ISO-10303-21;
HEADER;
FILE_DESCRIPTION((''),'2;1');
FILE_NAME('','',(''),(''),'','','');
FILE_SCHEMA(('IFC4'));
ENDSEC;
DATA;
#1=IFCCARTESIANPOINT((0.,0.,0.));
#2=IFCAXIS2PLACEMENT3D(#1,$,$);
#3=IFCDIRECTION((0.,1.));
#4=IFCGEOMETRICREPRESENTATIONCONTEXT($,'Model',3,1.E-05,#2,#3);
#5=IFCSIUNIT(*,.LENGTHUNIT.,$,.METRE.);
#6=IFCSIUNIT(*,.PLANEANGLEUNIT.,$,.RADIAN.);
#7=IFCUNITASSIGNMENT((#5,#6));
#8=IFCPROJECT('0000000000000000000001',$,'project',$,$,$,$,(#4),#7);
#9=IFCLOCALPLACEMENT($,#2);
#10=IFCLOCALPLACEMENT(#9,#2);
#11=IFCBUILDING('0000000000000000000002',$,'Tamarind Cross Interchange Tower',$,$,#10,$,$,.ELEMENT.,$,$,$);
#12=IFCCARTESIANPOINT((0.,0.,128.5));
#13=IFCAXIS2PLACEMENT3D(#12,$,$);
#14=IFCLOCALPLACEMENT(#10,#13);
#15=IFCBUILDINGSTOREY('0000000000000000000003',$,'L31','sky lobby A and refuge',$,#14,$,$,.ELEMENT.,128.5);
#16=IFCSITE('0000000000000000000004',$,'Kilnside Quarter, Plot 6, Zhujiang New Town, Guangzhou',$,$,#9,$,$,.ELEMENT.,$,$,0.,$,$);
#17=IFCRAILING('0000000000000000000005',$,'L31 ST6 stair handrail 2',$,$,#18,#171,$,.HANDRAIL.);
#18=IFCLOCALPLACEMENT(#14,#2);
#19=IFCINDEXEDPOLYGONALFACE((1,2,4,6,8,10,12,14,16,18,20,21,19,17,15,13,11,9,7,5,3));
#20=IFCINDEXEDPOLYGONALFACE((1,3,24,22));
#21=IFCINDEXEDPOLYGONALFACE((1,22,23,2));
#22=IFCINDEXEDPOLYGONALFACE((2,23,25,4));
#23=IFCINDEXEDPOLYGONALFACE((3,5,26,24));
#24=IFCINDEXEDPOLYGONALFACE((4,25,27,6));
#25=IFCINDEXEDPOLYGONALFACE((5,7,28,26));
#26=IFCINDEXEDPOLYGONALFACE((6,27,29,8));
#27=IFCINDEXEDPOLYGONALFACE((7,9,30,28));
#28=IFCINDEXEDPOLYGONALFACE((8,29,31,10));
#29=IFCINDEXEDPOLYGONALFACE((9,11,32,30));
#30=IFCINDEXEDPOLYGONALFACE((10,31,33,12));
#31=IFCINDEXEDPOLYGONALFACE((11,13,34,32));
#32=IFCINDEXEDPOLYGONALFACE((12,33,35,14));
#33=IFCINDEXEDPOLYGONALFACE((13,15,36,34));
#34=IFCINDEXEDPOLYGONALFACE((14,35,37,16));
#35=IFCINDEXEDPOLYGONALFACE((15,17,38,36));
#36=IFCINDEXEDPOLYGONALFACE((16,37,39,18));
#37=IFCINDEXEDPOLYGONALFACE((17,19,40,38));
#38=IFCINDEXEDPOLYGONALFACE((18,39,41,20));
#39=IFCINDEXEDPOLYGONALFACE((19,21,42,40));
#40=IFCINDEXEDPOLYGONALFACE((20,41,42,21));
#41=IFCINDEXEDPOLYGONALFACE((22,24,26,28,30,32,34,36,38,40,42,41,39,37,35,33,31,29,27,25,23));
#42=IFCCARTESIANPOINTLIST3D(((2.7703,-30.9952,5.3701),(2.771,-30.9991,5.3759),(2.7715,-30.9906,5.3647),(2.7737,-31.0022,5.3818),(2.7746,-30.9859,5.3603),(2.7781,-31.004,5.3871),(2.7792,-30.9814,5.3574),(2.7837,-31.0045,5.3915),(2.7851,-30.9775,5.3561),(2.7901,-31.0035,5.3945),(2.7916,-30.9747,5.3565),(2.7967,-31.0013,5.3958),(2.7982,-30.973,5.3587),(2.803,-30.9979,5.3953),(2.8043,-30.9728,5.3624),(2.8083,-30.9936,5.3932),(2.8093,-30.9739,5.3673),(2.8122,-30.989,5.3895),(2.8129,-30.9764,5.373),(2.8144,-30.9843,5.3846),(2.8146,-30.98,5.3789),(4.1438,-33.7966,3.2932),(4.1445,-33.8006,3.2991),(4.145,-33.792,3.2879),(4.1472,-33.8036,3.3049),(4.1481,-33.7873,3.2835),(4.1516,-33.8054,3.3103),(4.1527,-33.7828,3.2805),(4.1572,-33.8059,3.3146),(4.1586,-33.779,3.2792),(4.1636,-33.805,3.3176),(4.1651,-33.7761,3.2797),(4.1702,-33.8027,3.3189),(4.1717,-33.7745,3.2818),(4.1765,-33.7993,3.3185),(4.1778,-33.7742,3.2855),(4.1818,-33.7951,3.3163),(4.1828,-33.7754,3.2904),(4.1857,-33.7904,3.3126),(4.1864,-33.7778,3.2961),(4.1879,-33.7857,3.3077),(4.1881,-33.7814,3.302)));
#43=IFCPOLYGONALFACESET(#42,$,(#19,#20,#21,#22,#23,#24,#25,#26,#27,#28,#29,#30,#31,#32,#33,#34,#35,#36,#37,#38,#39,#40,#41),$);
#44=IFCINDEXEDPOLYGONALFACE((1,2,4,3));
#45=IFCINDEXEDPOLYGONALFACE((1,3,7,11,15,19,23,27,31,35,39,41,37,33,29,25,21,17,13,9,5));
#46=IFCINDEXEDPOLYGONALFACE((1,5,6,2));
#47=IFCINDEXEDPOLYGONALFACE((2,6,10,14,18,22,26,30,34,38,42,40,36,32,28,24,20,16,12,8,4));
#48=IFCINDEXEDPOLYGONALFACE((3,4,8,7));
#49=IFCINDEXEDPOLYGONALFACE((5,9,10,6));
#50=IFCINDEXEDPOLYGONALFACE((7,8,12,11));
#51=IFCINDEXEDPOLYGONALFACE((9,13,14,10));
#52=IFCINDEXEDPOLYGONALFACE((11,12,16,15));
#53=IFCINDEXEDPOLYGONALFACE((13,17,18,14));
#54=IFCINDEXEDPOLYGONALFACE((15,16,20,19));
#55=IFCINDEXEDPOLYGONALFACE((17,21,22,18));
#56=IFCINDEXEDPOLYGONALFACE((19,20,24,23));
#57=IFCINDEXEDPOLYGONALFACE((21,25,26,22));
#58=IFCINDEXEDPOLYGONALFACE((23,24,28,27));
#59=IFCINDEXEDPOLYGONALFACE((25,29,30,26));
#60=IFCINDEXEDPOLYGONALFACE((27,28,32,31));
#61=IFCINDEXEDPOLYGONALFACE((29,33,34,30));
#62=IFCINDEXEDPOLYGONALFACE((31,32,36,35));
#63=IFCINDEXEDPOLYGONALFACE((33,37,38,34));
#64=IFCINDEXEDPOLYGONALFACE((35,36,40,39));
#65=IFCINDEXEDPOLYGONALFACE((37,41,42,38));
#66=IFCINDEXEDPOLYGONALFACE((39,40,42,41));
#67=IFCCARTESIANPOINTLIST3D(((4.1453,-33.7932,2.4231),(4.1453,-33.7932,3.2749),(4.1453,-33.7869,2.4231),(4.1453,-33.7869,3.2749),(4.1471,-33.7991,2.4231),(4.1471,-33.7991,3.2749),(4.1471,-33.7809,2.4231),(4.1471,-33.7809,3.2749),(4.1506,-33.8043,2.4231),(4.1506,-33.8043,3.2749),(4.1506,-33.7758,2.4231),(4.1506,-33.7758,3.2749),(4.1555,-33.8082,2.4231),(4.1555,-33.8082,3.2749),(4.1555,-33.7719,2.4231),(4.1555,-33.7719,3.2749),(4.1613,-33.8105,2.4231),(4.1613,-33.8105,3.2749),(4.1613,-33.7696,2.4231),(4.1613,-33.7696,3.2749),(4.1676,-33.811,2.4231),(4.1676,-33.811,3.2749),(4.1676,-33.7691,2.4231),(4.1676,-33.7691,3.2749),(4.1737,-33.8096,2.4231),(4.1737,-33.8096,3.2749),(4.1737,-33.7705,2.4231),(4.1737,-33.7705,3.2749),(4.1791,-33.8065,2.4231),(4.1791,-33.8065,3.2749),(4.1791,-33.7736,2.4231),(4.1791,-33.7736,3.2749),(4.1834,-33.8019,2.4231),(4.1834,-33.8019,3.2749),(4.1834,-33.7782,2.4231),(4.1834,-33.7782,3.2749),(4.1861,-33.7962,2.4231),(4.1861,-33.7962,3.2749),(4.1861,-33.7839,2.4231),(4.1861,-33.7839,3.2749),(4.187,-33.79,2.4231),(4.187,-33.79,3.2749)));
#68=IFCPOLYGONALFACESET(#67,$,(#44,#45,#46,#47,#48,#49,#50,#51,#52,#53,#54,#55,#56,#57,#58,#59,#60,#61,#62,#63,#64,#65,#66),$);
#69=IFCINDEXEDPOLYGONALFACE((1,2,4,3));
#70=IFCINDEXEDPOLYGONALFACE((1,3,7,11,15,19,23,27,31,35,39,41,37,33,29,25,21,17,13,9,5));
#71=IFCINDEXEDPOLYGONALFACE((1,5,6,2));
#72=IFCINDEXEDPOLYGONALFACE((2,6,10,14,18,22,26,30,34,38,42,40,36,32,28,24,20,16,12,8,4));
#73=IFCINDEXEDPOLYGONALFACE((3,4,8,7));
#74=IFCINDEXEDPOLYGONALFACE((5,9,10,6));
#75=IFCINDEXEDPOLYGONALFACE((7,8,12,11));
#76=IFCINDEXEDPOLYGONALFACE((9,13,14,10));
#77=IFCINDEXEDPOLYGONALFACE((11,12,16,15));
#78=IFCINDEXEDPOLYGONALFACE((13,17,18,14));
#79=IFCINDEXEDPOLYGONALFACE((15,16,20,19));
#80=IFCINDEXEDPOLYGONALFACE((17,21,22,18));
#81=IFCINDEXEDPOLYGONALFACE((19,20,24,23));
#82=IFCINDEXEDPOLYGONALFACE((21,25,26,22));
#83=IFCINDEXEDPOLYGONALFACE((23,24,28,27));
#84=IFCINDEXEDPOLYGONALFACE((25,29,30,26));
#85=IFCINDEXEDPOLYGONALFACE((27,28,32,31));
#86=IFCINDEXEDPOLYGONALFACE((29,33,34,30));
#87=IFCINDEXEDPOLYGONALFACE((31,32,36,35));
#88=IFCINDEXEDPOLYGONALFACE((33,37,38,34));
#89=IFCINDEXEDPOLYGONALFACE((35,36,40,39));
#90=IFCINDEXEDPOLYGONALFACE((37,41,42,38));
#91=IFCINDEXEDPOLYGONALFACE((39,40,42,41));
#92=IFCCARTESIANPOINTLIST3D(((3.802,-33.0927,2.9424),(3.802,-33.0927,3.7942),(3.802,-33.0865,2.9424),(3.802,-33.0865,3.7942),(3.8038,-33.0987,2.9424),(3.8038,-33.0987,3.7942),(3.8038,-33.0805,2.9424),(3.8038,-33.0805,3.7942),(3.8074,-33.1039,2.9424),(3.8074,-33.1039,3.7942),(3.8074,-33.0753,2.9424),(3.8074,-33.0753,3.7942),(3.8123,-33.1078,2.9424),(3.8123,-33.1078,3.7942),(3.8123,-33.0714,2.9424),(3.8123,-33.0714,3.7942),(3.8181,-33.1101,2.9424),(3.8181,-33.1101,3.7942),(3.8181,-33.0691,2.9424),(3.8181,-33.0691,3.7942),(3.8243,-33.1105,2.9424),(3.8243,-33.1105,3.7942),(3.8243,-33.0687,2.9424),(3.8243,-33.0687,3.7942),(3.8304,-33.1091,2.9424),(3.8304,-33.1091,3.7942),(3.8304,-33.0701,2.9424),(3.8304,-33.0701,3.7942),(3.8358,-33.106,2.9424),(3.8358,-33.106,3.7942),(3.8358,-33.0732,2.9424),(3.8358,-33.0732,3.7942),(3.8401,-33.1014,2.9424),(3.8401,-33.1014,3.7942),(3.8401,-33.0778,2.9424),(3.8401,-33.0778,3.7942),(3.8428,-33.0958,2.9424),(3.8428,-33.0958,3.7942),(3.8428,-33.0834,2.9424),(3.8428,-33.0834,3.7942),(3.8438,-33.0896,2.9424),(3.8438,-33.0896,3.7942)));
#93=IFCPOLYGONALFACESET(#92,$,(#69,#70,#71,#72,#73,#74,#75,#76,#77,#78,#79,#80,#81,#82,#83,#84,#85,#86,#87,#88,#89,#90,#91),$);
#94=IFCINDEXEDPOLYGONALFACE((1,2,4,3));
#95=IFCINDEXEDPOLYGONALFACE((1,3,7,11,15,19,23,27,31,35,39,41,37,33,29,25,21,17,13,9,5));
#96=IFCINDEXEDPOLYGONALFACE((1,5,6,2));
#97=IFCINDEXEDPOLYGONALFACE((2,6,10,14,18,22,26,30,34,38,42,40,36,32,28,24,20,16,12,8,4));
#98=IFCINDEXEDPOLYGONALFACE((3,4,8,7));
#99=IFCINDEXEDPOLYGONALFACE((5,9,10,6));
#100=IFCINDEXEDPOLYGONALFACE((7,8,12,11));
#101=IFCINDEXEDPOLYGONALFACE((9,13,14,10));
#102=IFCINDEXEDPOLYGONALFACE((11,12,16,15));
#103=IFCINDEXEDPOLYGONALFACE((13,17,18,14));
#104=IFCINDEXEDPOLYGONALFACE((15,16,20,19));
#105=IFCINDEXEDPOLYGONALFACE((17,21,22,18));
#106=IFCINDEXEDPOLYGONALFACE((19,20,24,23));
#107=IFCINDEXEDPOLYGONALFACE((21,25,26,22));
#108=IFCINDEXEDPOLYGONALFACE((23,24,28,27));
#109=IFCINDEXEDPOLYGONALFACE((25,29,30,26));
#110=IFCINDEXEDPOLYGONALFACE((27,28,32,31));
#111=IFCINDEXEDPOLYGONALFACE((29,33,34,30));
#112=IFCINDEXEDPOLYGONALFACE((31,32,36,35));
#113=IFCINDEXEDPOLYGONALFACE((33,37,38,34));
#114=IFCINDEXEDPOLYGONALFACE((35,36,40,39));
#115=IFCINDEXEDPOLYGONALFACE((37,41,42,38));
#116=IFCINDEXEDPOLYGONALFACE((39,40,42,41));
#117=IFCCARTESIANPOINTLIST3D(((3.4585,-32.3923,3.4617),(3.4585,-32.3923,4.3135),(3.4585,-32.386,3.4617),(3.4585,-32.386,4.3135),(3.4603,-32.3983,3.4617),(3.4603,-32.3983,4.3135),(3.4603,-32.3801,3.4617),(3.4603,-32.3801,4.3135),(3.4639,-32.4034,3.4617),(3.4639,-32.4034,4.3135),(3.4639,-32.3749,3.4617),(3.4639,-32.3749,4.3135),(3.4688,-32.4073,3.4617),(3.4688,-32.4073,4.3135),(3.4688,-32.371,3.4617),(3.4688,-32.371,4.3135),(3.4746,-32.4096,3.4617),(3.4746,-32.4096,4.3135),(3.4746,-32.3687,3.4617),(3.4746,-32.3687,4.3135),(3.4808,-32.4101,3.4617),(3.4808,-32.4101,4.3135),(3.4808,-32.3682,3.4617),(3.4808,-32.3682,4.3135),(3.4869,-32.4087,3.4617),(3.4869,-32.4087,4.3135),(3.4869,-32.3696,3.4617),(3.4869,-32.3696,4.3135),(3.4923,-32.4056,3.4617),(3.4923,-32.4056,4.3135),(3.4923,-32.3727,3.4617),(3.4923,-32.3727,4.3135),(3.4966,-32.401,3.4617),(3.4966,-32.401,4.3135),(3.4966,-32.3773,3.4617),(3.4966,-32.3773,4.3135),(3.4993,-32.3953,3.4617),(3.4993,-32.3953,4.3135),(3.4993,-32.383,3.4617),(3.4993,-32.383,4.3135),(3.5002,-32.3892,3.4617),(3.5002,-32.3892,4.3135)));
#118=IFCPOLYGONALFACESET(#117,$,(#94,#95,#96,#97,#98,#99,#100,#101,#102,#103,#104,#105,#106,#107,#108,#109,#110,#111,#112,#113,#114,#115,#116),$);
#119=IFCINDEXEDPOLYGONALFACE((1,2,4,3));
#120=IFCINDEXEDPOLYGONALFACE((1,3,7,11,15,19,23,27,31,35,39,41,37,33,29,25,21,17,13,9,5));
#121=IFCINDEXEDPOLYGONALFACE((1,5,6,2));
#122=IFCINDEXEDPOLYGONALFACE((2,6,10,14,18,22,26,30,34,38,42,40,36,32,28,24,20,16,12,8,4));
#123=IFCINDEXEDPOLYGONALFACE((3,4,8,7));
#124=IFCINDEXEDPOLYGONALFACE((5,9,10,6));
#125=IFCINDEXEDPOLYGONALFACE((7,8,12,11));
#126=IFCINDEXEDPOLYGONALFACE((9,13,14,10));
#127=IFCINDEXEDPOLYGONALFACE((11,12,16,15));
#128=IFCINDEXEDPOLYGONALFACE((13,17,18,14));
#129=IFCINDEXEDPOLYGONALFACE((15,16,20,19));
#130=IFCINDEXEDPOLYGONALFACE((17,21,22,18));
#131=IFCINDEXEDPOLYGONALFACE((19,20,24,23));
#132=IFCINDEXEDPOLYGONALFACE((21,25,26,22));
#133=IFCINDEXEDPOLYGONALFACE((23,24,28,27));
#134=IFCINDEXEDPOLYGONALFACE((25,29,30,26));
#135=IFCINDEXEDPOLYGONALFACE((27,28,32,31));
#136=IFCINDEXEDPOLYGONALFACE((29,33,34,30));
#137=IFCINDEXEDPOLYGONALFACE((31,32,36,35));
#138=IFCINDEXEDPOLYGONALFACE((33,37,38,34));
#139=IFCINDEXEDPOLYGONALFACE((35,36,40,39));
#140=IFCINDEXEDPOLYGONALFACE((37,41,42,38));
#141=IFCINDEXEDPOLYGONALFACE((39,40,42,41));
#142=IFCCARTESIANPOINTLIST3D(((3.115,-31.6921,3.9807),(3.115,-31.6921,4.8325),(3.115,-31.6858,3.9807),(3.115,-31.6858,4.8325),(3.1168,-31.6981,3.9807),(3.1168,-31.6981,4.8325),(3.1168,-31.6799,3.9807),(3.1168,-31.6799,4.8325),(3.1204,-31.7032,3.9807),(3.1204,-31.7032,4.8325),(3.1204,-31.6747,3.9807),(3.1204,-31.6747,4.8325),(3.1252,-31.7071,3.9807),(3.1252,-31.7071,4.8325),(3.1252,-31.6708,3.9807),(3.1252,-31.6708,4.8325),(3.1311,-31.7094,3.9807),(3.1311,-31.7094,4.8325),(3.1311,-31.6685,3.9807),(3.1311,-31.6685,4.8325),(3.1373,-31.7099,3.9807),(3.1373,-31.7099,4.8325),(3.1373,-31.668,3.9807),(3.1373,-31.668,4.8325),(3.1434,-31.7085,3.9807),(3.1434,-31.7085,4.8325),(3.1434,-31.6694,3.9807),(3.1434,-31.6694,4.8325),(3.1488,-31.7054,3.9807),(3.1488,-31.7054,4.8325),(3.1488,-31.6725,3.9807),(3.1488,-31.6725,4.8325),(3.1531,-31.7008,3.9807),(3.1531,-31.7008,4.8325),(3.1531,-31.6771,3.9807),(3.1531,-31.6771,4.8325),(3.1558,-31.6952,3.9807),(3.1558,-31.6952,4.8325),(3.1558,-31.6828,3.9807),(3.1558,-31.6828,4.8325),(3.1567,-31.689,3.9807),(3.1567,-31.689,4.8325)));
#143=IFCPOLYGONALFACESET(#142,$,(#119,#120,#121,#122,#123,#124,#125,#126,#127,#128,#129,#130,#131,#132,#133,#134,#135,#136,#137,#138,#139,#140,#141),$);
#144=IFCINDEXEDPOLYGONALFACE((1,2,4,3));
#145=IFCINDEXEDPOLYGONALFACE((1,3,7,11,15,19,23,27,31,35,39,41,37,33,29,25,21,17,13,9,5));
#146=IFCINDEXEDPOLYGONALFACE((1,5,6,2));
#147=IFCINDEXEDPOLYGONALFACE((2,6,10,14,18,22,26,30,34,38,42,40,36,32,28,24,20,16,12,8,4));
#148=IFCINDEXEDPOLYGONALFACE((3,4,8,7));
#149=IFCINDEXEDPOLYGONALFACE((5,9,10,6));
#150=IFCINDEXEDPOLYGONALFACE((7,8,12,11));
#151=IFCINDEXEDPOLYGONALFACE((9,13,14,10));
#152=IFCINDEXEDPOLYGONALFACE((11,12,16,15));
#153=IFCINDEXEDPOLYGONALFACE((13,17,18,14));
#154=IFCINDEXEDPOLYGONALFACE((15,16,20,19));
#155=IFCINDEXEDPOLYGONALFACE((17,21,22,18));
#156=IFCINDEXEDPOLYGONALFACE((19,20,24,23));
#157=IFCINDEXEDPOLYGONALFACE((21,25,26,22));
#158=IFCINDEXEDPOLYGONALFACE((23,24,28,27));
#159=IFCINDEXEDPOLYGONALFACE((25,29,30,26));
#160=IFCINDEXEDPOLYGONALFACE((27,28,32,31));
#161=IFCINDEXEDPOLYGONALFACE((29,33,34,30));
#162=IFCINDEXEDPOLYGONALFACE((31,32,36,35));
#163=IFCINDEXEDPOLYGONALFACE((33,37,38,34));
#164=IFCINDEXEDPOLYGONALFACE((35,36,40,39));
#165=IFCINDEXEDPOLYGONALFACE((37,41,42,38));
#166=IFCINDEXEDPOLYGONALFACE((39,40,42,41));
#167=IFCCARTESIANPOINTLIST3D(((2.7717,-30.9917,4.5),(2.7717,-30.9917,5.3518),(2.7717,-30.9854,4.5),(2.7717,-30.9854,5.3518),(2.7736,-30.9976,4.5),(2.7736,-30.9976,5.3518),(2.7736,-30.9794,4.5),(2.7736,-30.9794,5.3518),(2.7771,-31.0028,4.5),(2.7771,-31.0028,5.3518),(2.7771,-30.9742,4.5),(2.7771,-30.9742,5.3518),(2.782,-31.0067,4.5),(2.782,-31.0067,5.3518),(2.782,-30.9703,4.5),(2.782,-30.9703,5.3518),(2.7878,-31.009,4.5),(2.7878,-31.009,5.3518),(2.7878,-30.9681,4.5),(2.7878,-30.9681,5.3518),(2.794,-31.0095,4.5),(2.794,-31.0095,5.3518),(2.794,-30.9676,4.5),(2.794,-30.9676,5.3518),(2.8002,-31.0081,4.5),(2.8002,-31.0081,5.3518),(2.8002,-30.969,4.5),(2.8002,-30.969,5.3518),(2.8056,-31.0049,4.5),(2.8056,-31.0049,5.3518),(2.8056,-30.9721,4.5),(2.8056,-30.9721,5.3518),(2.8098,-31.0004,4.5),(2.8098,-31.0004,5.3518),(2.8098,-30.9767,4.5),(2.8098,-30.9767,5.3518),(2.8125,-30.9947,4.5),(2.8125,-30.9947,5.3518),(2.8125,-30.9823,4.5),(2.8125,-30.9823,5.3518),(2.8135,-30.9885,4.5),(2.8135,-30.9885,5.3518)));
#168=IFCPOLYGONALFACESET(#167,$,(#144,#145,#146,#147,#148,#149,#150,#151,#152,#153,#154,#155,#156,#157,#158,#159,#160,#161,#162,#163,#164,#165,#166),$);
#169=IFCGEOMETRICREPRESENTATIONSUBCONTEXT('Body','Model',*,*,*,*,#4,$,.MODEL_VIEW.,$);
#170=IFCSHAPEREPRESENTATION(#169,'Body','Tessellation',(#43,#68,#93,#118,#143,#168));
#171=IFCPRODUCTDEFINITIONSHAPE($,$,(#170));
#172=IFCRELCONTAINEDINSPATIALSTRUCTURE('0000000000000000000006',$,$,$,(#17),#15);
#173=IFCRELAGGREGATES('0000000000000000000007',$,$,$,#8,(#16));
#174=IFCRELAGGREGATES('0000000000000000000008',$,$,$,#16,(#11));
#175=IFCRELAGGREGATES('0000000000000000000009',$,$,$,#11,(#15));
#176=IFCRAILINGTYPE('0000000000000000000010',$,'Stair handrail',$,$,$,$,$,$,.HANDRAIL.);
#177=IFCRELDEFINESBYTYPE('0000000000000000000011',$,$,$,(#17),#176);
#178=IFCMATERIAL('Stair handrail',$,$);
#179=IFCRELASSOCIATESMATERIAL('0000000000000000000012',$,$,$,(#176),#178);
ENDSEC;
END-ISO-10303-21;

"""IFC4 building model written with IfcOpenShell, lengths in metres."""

from ifc_helpers import new_model, si_unit, direction, frame, origin, origin_2d, place, context, subcontext, project, spatial, circle, extrude, material, type_object, element, save


model = new_model("IFC4")

# Units and contexts
model_context = context("Model", 3, precision=1e-05, world=origin(), true_north=direction((0.0, 1.0)))
body_context = subcontext(model_context, "Body", "Model", "MODEL_VIEW")
ifc_project = project(units=[si_unit("LENGTHUNIT", "METRE"), si_unit("PLANEANGLEUNIT", "RADIAN")], contexts=[model_context])

# Site, building, storey
site_placement = place(None, origin())
site = spatial("IfcSite", under=ifc_project, at=site_placement, Name="Kilnside Quarter, Plot 6, Zhujiang New Town, Guangzhou", CompositionType="ELEMENT", RefElevation=0.0)
building_placement = place(site_placement, origin())
building = spatial("IfcBuilding", under=site, at=building_placement, Name="Tamarind Cross Interchange Tower", CompositionType="ELEMENT")
storey_placement = place(building_placement, frame((0.0, 0.0, 128.5)))
storey = spatial("IfcBuildingStorey", under=building, at=storey_placement, Name="L31", Description="sky lobby A and refuge", CompositionType="ELEMENT", Elevation=128.5)

# Railing
ifc_material_1 = material(Name="Stair handrail")
railing_type_1 = type_object("IfcRailingType", Name="Stair handrail", PredefinedType="HANDRAIL", material=ifc_material_1)
railing_1_placement = place(storey_placement, frame((4.166, -33.79, 2.4231)))
element("IfcRailing", 1, at=railing_1_placement, inside=storey, type_object=railing_type_1, Name="L31 ST6 stair handrail 2", PredefinedType="HANDRAIL", context=body_context, shape_type="SweptSolid", body=[
    extrude(circle(Radius=0.0239, at=origin_2d()), frame((0.0, 0.0, 0.876), z_axis=(-0.366457, 0.74744, 0.554115), x_axis=(-0.89789, -0.44022, 0.0)), (0.0, 0.0, 1.0), 3.748),
    extrude(circle(Radius=0.021, at=origin_2d()), origin(), (0.0, 0.0, 1.0), 0.8518),
    extrude(circle(Radius=0.021, at=origin_2d()), frame((-0.3433, 0.7004, 0.5193)), (0.0, 0.0, 1.0), 0.8518),
    extrude(circle(Radius=0.021, at=origin_2d()), frame((-0.6868, 1.4009, 1.0386)), (0.0, 0.0, 1.0), 0.8518),
    extrude(circle(Radius=0.021, at=origin_2d()), frame((-1.0303, 2.1011, 1.5576)), (0.0, 0.0, 1.0), 0.8518),
    extrude(circle(Radius=0.021, at=origin_2d()), frame((-1.3735, 2.8015, 2.0769)), (0.0, 0.0, 1.0), 0.8518),
])

save(model, "model.ifc")
